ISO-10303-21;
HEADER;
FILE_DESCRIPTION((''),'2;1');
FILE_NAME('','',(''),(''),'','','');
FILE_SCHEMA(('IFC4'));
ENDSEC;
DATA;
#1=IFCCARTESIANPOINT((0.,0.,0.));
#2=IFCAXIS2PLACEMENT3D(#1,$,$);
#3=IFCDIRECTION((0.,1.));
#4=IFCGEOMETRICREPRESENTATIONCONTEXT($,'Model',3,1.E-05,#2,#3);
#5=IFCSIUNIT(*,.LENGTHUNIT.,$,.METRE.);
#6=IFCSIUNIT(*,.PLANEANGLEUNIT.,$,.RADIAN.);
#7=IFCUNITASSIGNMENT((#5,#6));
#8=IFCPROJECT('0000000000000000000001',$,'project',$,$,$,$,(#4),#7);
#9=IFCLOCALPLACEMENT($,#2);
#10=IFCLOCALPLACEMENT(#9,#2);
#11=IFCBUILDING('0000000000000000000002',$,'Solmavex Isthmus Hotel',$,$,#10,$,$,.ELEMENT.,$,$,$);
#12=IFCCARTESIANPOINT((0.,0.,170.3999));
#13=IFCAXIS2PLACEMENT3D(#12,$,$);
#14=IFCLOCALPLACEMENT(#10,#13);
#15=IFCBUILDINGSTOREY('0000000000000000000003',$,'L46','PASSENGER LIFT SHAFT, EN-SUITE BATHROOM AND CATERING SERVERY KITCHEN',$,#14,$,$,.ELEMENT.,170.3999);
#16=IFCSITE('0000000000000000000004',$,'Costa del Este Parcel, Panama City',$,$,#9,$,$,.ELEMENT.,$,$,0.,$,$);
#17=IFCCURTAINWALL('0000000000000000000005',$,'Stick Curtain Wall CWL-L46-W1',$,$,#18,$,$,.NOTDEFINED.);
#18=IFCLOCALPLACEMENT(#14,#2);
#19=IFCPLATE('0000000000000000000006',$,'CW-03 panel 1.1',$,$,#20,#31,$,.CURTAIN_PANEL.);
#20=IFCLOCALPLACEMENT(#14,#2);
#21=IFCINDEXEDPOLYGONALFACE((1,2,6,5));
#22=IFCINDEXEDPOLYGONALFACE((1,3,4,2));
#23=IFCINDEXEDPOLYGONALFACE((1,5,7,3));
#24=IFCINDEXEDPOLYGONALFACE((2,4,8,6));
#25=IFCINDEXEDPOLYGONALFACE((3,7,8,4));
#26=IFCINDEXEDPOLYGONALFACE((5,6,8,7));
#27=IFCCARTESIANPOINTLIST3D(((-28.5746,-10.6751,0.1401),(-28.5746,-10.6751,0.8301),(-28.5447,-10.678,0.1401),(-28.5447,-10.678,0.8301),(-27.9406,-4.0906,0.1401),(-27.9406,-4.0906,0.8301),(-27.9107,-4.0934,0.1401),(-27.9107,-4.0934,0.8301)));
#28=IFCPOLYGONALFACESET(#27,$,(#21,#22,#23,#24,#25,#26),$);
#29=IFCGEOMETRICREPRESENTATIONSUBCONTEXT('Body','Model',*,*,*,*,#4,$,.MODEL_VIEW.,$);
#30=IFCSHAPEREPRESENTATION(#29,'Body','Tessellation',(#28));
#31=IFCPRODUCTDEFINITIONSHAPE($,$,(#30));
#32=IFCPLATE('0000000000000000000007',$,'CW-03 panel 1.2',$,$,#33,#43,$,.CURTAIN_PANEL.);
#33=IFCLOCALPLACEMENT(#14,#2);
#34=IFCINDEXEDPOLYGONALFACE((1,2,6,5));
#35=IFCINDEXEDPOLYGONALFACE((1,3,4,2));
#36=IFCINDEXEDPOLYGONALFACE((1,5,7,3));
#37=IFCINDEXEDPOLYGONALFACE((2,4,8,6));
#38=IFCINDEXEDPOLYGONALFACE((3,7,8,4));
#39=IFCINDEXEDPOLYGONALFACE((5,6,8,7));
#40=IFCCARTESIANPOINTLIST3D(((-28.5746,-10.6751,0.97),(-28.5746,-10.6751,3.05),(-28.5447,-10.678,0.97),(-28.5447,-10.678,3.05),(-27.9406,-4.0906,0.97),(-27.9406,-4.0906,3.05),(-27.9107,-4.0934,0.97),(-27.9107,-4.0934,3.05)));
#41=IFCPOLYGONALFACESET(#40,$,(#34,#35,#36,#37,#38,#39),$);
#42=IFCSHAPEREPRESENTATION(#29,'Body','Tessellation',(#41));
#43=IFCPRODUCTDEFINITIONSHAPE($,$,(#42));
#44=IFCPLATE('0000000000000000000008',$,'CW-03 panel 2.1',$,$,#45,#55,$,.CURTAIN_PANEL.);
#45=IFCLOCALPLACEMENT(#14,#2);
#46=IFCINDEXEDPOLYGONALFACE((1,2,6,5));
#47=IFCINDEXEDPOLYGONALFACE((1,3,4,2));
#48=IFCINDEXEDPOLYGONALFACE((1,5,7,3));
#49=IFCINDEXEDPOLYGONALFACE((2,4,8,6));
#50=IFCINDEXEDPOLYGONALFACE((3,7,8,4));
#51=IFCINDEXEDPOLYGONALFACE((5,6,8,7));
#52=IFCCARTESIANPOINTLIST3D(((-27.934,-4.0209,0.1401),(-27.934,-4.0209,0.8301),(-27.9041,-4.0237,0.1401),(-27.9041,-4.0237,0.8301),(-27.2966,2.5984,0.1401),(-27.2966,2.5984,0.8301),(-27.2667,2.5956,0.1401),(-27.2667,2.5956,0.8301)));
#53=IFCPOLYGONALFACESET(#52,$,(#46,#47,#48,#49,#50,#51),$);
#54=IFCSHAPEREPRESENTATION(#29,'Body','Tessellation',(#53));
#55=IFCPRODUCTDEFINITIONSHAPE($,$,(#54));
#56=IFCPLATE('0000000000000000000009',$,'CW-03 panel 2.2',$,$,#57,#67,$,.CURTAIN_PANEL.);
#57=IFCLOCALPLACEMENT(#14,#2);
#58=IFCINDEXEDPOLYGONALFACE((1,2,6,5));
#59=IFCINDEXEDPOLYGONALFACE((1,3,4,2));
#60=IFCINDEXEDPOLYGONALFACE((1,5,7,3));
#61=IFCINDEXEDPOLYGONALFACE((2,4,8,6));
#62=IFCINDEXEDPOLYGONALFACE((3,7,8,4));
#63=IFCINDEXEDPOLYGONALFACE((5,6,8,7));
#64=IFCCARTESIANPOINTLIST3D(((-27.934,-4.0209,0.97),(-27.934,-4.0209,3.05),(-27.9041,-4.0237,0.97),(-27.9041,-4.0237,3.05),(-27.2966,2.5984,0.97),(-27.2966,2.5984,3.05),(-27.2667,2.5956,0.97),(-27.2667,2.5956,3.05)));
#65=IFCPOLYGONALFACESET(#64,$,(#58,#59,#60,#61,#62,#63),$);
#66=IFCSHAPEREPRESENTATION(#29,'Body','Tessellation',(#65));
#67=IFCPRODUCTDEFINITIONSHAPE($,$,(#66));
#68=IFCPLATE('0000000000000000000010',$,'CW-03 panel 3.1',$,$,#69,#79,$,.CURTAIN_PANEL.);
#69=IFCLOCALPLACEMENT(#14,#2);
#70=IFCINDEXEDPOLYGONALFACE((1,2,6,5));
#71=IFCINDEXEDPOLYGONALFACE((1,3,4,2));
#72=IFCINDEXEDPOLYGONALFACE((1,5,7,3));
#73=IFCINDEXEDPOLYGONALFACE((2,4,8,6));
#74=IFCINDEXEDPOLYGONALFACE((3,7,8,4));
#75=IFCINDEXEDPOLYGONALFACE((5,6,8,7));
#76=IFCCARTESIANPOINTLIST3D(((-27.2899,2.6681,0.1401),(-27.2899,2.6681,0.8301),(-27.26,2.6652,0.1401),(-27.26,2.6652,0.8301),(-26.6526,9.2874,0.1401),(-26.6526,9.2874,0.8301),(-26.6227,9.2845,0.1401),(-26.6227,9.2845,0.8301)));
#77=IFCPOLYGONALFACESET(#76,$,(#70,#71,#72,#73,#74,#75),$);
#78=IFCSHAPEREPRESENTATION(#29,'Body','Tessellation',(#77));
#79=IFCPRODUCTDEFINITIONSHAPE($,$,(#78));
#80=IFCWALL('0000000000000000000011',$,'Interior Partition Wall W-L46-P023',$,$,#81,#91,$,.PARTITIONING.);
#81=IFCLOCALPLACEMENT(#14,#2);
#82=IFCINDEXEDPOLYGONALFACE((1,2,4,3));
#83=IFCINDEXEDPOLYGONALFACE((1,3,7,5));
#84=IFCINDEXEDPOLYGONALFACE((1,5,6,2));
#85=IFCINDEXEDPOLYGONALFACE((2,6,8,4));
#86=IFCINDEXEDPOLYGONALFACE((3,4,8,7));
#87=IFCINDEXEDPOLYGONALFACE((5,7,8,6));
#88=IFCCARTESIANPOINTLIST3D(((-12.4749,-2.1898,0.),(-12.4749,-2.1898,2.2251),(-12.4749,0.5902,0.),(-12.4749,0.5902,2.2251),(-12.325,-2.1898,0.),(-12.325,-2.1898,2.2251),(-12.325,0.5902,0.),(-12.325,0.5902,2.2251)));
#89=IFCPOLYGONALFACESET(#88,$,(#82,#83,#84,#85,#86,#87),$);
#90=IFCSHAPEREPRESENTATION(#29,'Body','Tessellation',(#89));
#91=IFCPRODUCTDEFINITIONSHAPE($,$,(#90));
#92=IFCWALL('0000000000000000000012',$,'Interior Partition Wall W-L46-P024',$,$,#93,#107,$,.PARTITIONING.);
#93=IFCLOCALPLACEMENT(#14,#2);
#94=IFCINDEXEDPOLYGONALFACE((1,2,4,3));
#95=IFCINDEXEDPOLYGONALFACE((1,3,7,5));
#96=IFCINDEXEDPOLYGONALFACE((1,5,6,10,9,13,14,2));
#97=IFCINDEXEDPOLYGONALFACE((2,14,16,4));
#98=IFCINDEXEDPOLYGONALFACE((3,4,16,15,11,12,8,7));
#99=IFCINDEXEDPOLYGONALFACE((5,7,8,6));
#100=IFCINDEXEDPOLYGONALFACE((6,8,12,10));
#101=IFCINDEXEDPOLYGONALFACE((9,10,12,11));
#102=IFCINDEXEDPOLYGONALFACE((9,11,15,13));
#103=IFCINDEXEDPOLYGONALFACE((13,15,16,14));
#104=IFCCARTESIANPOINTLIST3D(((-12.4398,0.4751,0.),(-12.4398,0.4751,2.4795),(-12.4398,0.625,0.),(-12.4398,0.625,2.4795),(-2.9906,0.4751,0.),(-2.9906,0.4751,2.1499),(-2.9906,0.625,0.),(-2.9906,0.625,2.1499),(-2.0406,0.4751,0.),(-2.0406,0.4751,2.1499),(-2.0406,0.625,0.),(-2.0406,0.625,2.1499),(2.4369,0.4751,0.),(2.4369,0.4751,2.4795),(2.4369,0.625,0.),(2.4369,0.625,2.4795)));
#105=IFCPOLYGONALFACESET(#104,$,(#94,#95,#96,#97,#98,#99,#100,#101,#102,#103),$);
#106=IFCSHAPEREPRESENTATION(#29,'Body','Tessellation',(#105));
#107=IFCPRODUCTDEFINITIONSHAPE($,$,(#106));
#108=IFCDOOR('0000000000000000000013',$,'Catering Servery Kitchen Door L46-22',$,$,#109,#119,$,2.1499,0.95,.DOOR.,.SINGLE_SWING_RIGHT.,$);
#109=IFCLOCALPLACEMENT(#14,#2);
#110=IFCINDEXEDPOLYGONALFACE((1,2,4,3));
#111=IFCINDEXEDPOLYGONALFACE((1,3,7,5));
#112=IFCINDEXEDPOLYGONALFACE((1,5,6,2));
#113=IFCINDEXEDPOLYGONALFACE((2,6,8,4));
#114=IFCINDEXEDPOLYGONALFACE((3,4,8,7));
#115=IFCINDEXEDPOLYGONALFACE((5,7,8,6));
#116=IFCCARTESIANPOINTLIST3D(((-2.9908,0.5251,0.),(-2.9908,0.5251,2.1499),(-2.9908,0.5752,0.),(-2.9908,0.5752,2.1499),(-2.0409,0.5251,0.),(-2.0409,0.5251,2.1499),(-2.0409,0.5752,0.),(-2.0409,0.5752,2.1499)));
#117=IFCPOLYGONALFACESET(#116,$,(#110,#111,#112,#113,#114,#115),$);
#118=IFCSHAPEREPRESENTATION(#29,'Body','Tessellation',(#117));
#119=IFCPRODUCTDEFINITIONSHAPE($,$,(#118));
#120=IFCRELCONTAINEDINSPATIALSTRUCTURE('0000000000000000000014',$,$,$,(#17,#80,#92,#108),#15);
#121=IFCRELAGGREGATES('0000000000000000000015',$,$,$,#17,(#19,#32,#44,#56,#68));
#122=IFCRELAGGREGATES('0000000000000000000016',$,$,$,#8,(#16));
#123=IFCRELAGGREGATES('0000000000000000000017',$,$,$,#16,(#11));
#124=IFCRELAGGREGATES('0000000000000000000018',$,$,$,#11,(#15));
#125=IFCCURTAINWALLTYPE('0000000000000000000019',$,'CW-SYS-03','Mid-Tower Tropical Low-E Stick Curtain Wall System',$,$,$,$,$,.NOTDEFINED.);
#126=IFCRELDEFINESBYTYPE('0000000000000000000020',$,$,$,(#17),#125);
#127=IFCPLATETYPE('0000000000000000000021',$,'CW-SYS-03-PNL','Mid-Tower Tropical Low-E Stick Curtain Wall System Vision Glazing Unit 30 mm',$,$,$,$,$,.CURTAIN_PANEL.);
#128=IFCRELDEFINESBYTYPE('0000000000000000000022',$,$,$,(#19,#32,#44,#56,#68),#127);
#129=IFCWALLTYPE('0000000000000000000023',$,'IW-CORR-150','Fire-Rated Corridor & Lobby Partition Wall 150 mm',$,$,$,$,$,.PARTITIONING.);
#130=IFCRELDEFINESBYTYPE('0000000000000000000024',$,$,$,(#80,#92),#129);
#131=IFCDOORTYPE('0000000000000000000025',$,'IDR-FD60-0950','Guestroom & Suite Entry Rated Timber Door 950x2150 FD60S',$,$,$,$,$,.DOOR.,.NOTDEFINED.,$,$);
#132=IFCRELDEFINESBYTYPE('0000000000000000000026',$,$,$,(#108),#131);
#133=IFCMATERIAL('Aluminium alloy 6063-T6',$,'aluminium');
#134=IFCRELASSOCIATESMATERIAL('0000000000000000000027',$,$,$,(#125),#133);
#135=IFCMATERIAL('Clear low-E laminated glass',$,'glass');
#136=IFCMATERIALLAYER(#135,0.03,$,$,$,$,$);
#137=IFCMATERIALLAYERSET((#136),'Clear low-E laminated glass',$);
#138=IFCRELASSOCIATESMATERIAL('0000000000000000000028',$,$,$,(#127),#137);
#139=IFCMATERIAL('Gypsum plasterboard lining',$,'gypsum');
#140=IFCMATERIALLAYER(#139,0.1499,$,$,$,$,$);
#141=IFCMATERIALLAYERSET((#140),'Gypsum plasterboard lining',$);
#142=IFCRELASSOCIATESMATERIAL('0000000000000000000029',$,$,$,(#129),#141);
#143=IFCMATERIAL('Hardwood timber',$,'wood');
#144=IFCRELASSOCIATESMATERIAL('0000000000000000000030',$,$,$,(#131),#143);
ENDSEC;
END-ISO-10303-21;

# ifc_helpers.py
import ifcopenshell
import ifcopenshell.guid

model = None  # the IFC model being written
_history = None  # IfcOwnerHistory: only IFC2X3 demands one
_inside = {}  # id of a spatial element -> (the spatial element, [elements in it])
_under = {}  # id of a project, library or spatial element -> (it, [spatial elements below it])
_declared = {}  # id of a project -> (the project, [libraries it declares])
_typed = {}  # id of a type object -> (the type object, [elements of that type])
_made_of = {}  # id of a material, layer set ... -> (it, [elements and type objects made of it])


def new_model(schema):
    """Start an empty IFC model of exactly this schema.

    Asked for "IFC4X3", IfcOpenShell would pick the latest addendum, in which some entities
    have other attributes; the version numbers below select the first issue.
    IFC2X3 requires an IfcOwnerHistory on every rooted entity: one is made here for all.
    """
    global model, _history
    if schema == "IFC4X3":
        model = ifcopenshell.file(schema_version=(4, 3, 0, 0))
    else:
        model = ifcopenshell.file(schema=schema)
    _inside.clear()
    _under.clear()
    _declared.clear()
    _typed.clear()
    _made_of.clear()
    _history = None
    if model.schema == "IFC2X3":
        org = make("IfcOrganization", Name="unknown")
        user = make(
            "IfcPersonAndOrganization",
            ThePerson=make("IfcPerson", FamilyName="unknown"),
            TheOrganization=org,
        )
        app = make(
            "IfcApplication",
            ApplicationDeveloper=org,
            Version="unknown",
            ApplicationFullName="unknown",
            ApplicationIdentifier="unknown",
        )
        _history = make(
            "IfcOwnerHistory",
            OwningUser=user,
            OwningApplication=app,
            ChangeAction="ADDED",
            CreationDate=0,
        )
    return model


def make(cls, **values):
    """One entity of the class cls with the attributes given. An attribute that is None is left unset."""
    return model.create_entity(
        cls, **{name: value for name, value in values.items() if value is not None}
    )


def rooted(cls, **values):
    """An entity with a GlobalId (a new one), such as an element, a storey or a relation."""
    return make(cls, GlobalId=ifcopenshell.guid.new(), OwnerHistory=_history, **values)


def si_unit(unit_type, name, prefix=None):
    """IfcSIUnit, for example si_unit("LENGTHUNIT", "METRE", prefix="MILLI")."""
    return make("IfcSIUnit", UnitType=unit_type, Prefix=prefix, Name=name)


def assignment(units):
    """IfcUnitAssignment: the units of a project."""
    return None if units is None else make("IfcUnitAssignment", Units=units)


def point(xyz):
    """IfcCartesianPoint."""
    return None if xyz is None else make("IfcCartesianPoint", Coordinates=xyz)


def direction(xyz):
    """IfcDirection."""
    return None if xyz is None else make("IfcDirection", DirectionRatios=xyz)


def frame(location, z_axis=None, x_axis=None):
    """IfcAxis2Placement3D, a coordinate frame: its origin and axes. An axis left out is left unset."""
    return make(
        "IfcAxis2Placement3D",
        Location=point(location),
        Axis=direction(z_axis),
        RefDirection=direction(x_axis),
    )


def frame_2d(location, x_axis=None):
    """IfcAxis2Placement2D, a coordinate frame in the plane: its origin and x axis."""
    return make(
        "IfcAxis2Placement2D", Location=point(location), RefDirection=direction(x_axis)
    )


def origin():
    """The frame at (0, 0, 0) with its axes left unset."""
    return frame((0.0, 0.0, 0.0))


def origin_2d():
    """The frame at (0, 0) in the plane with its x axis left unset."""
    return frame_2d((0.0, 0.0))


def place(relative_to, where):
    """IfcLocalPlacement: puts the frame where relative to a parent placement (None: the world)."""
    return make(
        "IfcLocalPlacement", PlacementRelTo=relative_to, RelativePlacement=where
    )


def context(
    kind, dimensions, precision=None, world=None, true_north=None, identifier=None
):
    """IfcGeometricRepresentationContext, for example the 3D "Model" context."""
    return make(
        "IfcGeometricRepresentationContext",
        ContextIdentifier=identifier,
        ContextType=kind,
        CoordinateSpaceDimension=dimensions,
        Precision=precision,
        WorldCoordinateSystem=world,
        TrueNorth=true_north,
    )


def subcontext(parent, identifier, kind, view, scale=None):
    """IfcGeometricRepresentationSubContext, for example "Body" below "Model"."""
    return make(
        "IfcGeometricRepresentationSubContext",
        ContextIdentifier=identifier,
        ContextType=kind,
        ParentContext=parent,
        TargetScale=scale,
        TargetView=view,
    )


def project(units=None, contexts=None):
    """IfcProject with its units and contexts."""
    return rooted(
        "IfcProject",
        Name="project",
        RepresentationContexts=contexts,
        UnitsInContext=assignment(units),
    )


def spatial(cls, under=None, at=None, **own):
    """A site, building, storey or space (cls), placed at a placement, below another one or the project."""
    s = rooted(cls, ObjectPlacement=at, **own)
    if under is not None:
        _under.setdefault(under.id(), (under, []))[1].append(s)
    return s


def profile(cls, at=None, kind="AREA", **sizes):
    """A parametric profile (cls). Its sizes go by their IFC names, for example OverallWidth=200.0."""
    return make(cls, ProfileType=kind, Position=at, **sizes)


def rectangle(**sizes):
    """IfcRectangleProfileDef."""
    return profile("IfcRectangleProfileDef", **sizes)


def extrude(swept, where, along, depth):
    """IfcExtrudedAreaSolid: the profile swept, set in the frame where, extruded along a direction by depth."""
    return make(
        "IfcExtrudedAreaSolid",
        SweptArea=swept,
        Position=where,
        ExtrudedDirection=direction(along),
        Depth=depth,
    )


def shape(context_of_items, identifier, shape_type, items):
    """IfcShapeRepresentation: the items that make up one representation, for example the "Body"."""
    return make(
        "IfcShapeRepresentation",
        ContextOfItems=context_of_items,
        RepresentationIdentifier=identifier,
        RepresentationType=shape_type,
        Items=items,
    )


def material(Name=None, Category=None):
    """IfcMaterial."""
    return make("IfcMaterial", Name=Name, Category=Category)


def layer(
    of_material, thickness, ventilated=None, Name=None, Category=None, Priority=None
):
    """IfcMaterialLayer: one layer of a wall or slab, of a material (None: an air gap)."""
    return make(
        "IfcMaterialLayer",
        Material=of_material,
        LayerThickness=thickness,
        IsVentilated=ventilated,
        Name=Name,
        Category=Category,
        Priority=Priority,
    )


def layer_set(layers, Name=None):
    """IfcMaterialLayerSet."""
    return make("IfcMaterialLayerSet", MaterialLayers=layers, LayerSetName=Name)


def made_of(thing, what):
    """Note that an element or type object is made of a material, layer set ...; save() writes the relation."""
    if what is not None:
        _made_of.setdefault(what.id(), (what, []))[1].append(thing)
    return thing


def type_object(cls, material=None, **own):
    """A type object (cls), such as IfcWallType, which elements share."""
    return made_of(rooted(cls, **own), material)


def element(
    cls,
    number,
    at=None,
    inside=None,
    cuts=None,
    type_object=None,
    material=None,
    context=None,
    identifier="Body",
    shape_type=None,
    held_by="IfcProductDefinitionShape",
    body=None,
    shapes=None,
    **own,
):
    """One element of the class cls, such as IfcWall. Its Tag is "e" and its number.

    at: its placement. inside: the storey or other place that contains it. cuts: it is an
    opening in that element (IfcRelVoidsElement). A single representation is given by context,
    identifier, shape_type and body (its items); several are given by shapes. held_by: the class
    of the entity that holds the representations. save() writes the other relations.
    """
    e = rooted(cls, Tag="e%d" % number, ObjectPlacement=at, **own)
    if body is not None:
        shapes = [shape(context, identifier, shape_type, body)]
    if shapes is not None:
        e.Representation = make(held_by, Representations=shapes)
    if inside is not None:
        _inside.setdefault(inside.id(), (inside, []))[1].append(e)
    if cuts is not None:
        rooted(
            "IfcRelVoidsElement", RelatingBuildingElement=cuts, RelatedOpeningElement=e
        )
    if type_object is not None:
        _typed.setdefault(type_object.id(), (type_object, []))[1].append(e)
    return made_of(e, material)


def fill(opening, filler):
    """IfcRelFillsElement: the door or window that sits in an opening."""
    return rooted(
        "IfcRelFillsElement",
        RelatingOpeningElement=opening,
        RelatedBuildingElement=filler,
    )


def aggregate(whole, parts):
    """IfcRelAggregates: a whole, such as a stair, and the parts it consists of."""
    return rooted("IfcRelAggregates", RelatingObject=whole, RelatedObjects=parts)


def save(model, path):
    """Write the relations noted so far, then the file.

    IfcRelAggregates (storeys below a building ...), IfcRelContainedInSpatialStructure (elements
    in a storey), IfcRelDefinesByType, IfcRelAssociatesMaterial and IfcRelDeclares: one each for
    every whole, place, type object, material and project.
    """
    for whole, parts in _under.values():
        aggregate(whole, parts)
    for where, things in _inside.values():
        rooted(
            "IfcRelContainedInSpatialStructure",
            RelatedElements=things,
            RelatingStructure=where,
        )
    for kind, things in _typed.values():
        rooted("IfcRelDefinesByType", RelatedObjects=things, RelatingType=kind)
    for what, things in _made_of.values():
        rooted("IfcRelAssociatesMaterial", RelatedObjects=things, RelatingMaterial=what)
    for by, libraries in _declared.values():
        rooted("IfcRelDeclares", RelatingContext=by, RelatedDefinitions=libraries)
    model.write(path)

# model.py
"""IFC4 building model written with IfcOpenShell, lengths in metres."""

from ifc_helpers import new_model, si_unit, direction, frame, frame_2d, origin, origin_2d, place, context, subcontext, project, spatial, rectangle, extrude, material, layer, layer_set, type_object, element, fill, aggregate, save


model = new_model("IFC4")

# Units and contexts
model_context = context("Model", 3, precision=1e-05, world=origin(), true_north=direction((0.0, 1.0)))
body_context = subcontext(model_context, "Body", "Model", "MODEL_VIEW")
ifc_project = project(units=[si_unit("LENGTHUNIT", "METRE"), si_unit("PLANEANGLEUNIT", "RADIAN")], contexts=[model_context])

# Site, building, storey
site_placement = place(None, origin())
site = spatial("IfcSite", under=ifc_project, at=site_placement, Name="Costa del Este Parcel, Panama City", CompositionType="ELEMENT", RefElevation=0.0)
building_placement = place(site_placement, origin())
building = spatial("IfcBuilding", under=site, at=building_placement, Name="Solmavex Isthmus Hotel", CompositionType="ELEMENT")
storey_placement = place(building_placement, frame((0.0, 0.0, 170.3999)))
storey = spatial("IfcBuildingStorey", under=building, at=storey_placement, Name="L46", Description="PASSENGER LIFT SHAFT, EN-SUITE BATHROOM AND CATERING SERVERY KITCHEN", CompositionType="ELEMENT", Elevation=170.3999)

# Curtain wall, plates
ifc_material_1 = material(Name="Aluminium alloy 6063-T6", Category="aluminium")
curtain_wall_type = type_object("IfcCurtainWallType", Name="CW-SYS-03", Description="Mid-Tower Tropical Low-E Stick Curtain Wall System", PredefinedType="NOTDEFINED", material=ifc_material_1)
curtain_wall_placement = place(storey_placement, origin())
curtain_wall = element("IfcCurtainWall", 1, at=curtain_wall_placement, inside=storey, type_object=curtain_wall_type, Name="Stick Curtain Wall CWL-L46-W1", PredefinedType="NOTDEFINED")
ifc_material_2 = material(Name="Clear low-E laminated glass", Category="glass")
ifc_layer_1 = layer(ifc_material_2, 0.03)
ifc_layer_set_1 = layer_set([ifc_layer_1], Name="Clear low-E laminated glass")
plate_type = type_object("IfcPlateType", Name="CW-SYS-03-PNL", Description="Mid-Tower Tropical Low-E Stick Curtain Wall System Vision Glazing Unit 30 mm", PredefinedType="CURTAIN_PANEL", material=ifc_layer_set_1)
plate_1_placement = place(storey_placement, frame((-28.2427, -7.3843, 0.1401), z_axis=(0.0, 0.0, 1.0), x_axis=(0.095846, 0.995396, 0.0)))
plate_1 = element("IfcPlate", 2, at=plate_1_placement, type_object=plate_type, Name="CW-03 panel 1.1", PredefinedType="CURTAIN_PANEL", context=body_context, shape_type="SweptSolid", body=[
    extrude(rectangle(XDim=6.615, YDim=0.03, at=origin_2d()), origin(), (0.0, 0.0, 1.0), 0.6899),
])
plate_2_placement = place(storey_placement, frame((-28.2427, -7.3843, 0.97), z_axis=(0.0, 0.0, 1.0), x_axis=(0.095846, 0.995396, 0.0)))
plate_2 = element("IfcPlate", 3, at=plate_2_placement, type_object=plate_type, Name="CW-03 panel 1.2", PredefinedType="CURTAIN_PANEL", context=body_context, shape_type="SweptSolid", body=[
    extrude(rectangle(XDim=6.615, YDim=0.03, at=origin_2d()), origin(), (0.0, 0.0, 1.0), 2.0801),
])
plate_3_placement = place(storey_placement, frame((-27.6003, -0.7126, 0.1401), z_axis=(0.0, 0.0, 1.0), x_axis=(0.095846, 0.995396, 0.0)))
plate_3 = element("IfcPlate", 4, at=plate_3_placement, type_object=plate_type, Name="CW-03 panel 2.1", PredefinedType="CURTAIN_PANEL", context=body_context, shape_type="SweptSolid", body=[
    extrude(rectangle(XDim=6.6499, YDim=0.03, at=origin_2d()), origin(), (0.0, 0.0, 1.0), 0.6899),
])
plate_4_placement = place(storey_placement, frame((-27.6003, -0.7126, 0.97), z_axis=(0.0, 0.0, 1.0), x_axis=(0.095846, 0.995396, 0.0)))
plate_4 = element("IfcPlate", 5, at=plate_4_placement, type_object=plate_type, Name="CW-03 panel 2.2", PredefinedType="CURTAIN_PANEL", context=body_context, shape_type="SweptSolid", body=[
    extrude(rectangle(XDim=6.6499, YDim=0.03, at=origin_2d()), origin(), (0.0, 0.0, 1.0), 2.0801),
])
plate_5_placement = place(storey_placement, frame((-26.9563, 5.9763, 0.1401), z_axis=(0.0, 0.0, 1.0), x_axis=(0.095846, 0.995396, 0.0)))
plate_5 = element("IfcPlate", 6, at=plate_5_placement, type_object=plate_type, Name="CW-03 panel 3.1", PredefinedType="CURTAIN_PANEL", context=body_context, shape_type="SweptSolid", body=[
    extrude(rectangle(XDim=6.6499, YDim=0.03, at=origin_2d()), origin(), (0.0, 0.0, 1.0), 0.6899),
])
aggregate(curtain_wall, [plate_1, plate_2, plate_3, plate_4, plate_5])

# Wall
ifc_material_3 = material(Name="Gypsum plasterboard lining", Category="gypsum")
ifc_layer_2 = layer(ifc_material_3, 0.1499)
ifc_layer_set_2 = layer_set([ifc_layer_2], Name="Gypsum plasterboard lining")
wall_type_1 = type_object("IfcWallType", Name="IW-CORR-150", Description="Fire-Rated Corridor & Lobby Partition Wall 150 mm", PredefinedType="PARTITIONING", material=ifc_layer_set_2)
wall_1_placement = place(storey_placement, frame((-12.3999, -2.1899, 0.0), z_axis=(0.0, 0.0, 1.0), x_axis=(0.0, 1.0, 0.0)))
element("IfcWall", 7, at=wall_1_placement, inside=storey, type_object=wall_type_1, Name="Interior Partition Wall W-L46-P023", PredefinedType="PARTITIONING", context=body_context, shape_type="SweptSolid", body=[
    extrude(rectangle(XDim=2.78, YDim=0.1499, at=frame_2d((1.3901, 0.0))), origin(), (0.0, 0.0, 1.0), 2.2251),
])

# Wall, opening, door
wall_2_placement = place(storey_placement, frame((-12.4399, 0.55, 0.0), z_axis=(0.0, 0.0, 1.0), x_axis=(1.0, 0.0, 0.0)))
wall_2 = element("IfcWall", 8, at=wall_2_placement, inside=storey, type_object=wall_type_1, Name="Interior Partition Wall W-L46-P024", PredefinedType="PARTITIONING", context=body_context, shape_type="SweptSolid", body=[
    extrude(rectangle(XDim=14.8767, YDim=0.1499, at=frame_2d((7.4385, 0.0))), origin(), (0.0, 0.0, 1.0), 2.4795),
])
opening_1_placement = place(wall_2_placement, frame((9.4492, 0.0, 0.0)))
opening_1 = element("IfcOpeningElement", 9, at=opening_1_placement, cuts=wall_2, PredefinedType="OPENING", context=body_context, shape_type="SweptSolid", body=[
    extrude(rectangle(XDim=0.95, YDim=2.1499, at=frame_2d((0.4751, 1.075))), frame((0.0, 0.085, 0.0), z_axis=(0.0, -1.0, 0.0), x_axis=(1.0, 0.0, 0.0)), (0.0, 0.0, 1.0), 0.1699),
])
ifc_material_4 = material(Name="Hardwood timber", Category="wood")
door_type_1 = type_object("IfcDoorType", Name="IDR-FD60-0950", Description="Guestroom & Suite Entry Rated Timber Door 950x2150 FD60S", OperationType="NOTDEFINED", PredefinedType="DOOR", material=ifc_material_4)
door_1_placement = place(opening_1_placement, frame((0.95, 0.0, 0.0), z_axis=(0.0, 0.0, 1.0), x_axis=(-1.0, 0.0, 0.0)))
door_1 = element("IfcDoor", 10, at=door_1_placement, inside=storey, type_object=door_type_1, Name="Catering Servery Kitchen Door L46-22", OperationType="SINGLE_SWING_RIGHT", OverallHeight=2.1499, OverallWidth=0.95, PredefinedType="DOOR", context=body_context, shape_type="SweptSolid", body=[
    extrude(rectangle(XDim=0.95, YDim=2.1499, at=frame_2d((0.4751, 1.075))), frame((0.0, 0.0249, 0.0), z_axis=(0.0, -1.0, 0.0), x_axis=(1.0, 0.0, 0.0)), (0.0, 0.0, 1.0), 0.05),
])
fill(opening_1, door_1)

save(model, "model.ifc")
